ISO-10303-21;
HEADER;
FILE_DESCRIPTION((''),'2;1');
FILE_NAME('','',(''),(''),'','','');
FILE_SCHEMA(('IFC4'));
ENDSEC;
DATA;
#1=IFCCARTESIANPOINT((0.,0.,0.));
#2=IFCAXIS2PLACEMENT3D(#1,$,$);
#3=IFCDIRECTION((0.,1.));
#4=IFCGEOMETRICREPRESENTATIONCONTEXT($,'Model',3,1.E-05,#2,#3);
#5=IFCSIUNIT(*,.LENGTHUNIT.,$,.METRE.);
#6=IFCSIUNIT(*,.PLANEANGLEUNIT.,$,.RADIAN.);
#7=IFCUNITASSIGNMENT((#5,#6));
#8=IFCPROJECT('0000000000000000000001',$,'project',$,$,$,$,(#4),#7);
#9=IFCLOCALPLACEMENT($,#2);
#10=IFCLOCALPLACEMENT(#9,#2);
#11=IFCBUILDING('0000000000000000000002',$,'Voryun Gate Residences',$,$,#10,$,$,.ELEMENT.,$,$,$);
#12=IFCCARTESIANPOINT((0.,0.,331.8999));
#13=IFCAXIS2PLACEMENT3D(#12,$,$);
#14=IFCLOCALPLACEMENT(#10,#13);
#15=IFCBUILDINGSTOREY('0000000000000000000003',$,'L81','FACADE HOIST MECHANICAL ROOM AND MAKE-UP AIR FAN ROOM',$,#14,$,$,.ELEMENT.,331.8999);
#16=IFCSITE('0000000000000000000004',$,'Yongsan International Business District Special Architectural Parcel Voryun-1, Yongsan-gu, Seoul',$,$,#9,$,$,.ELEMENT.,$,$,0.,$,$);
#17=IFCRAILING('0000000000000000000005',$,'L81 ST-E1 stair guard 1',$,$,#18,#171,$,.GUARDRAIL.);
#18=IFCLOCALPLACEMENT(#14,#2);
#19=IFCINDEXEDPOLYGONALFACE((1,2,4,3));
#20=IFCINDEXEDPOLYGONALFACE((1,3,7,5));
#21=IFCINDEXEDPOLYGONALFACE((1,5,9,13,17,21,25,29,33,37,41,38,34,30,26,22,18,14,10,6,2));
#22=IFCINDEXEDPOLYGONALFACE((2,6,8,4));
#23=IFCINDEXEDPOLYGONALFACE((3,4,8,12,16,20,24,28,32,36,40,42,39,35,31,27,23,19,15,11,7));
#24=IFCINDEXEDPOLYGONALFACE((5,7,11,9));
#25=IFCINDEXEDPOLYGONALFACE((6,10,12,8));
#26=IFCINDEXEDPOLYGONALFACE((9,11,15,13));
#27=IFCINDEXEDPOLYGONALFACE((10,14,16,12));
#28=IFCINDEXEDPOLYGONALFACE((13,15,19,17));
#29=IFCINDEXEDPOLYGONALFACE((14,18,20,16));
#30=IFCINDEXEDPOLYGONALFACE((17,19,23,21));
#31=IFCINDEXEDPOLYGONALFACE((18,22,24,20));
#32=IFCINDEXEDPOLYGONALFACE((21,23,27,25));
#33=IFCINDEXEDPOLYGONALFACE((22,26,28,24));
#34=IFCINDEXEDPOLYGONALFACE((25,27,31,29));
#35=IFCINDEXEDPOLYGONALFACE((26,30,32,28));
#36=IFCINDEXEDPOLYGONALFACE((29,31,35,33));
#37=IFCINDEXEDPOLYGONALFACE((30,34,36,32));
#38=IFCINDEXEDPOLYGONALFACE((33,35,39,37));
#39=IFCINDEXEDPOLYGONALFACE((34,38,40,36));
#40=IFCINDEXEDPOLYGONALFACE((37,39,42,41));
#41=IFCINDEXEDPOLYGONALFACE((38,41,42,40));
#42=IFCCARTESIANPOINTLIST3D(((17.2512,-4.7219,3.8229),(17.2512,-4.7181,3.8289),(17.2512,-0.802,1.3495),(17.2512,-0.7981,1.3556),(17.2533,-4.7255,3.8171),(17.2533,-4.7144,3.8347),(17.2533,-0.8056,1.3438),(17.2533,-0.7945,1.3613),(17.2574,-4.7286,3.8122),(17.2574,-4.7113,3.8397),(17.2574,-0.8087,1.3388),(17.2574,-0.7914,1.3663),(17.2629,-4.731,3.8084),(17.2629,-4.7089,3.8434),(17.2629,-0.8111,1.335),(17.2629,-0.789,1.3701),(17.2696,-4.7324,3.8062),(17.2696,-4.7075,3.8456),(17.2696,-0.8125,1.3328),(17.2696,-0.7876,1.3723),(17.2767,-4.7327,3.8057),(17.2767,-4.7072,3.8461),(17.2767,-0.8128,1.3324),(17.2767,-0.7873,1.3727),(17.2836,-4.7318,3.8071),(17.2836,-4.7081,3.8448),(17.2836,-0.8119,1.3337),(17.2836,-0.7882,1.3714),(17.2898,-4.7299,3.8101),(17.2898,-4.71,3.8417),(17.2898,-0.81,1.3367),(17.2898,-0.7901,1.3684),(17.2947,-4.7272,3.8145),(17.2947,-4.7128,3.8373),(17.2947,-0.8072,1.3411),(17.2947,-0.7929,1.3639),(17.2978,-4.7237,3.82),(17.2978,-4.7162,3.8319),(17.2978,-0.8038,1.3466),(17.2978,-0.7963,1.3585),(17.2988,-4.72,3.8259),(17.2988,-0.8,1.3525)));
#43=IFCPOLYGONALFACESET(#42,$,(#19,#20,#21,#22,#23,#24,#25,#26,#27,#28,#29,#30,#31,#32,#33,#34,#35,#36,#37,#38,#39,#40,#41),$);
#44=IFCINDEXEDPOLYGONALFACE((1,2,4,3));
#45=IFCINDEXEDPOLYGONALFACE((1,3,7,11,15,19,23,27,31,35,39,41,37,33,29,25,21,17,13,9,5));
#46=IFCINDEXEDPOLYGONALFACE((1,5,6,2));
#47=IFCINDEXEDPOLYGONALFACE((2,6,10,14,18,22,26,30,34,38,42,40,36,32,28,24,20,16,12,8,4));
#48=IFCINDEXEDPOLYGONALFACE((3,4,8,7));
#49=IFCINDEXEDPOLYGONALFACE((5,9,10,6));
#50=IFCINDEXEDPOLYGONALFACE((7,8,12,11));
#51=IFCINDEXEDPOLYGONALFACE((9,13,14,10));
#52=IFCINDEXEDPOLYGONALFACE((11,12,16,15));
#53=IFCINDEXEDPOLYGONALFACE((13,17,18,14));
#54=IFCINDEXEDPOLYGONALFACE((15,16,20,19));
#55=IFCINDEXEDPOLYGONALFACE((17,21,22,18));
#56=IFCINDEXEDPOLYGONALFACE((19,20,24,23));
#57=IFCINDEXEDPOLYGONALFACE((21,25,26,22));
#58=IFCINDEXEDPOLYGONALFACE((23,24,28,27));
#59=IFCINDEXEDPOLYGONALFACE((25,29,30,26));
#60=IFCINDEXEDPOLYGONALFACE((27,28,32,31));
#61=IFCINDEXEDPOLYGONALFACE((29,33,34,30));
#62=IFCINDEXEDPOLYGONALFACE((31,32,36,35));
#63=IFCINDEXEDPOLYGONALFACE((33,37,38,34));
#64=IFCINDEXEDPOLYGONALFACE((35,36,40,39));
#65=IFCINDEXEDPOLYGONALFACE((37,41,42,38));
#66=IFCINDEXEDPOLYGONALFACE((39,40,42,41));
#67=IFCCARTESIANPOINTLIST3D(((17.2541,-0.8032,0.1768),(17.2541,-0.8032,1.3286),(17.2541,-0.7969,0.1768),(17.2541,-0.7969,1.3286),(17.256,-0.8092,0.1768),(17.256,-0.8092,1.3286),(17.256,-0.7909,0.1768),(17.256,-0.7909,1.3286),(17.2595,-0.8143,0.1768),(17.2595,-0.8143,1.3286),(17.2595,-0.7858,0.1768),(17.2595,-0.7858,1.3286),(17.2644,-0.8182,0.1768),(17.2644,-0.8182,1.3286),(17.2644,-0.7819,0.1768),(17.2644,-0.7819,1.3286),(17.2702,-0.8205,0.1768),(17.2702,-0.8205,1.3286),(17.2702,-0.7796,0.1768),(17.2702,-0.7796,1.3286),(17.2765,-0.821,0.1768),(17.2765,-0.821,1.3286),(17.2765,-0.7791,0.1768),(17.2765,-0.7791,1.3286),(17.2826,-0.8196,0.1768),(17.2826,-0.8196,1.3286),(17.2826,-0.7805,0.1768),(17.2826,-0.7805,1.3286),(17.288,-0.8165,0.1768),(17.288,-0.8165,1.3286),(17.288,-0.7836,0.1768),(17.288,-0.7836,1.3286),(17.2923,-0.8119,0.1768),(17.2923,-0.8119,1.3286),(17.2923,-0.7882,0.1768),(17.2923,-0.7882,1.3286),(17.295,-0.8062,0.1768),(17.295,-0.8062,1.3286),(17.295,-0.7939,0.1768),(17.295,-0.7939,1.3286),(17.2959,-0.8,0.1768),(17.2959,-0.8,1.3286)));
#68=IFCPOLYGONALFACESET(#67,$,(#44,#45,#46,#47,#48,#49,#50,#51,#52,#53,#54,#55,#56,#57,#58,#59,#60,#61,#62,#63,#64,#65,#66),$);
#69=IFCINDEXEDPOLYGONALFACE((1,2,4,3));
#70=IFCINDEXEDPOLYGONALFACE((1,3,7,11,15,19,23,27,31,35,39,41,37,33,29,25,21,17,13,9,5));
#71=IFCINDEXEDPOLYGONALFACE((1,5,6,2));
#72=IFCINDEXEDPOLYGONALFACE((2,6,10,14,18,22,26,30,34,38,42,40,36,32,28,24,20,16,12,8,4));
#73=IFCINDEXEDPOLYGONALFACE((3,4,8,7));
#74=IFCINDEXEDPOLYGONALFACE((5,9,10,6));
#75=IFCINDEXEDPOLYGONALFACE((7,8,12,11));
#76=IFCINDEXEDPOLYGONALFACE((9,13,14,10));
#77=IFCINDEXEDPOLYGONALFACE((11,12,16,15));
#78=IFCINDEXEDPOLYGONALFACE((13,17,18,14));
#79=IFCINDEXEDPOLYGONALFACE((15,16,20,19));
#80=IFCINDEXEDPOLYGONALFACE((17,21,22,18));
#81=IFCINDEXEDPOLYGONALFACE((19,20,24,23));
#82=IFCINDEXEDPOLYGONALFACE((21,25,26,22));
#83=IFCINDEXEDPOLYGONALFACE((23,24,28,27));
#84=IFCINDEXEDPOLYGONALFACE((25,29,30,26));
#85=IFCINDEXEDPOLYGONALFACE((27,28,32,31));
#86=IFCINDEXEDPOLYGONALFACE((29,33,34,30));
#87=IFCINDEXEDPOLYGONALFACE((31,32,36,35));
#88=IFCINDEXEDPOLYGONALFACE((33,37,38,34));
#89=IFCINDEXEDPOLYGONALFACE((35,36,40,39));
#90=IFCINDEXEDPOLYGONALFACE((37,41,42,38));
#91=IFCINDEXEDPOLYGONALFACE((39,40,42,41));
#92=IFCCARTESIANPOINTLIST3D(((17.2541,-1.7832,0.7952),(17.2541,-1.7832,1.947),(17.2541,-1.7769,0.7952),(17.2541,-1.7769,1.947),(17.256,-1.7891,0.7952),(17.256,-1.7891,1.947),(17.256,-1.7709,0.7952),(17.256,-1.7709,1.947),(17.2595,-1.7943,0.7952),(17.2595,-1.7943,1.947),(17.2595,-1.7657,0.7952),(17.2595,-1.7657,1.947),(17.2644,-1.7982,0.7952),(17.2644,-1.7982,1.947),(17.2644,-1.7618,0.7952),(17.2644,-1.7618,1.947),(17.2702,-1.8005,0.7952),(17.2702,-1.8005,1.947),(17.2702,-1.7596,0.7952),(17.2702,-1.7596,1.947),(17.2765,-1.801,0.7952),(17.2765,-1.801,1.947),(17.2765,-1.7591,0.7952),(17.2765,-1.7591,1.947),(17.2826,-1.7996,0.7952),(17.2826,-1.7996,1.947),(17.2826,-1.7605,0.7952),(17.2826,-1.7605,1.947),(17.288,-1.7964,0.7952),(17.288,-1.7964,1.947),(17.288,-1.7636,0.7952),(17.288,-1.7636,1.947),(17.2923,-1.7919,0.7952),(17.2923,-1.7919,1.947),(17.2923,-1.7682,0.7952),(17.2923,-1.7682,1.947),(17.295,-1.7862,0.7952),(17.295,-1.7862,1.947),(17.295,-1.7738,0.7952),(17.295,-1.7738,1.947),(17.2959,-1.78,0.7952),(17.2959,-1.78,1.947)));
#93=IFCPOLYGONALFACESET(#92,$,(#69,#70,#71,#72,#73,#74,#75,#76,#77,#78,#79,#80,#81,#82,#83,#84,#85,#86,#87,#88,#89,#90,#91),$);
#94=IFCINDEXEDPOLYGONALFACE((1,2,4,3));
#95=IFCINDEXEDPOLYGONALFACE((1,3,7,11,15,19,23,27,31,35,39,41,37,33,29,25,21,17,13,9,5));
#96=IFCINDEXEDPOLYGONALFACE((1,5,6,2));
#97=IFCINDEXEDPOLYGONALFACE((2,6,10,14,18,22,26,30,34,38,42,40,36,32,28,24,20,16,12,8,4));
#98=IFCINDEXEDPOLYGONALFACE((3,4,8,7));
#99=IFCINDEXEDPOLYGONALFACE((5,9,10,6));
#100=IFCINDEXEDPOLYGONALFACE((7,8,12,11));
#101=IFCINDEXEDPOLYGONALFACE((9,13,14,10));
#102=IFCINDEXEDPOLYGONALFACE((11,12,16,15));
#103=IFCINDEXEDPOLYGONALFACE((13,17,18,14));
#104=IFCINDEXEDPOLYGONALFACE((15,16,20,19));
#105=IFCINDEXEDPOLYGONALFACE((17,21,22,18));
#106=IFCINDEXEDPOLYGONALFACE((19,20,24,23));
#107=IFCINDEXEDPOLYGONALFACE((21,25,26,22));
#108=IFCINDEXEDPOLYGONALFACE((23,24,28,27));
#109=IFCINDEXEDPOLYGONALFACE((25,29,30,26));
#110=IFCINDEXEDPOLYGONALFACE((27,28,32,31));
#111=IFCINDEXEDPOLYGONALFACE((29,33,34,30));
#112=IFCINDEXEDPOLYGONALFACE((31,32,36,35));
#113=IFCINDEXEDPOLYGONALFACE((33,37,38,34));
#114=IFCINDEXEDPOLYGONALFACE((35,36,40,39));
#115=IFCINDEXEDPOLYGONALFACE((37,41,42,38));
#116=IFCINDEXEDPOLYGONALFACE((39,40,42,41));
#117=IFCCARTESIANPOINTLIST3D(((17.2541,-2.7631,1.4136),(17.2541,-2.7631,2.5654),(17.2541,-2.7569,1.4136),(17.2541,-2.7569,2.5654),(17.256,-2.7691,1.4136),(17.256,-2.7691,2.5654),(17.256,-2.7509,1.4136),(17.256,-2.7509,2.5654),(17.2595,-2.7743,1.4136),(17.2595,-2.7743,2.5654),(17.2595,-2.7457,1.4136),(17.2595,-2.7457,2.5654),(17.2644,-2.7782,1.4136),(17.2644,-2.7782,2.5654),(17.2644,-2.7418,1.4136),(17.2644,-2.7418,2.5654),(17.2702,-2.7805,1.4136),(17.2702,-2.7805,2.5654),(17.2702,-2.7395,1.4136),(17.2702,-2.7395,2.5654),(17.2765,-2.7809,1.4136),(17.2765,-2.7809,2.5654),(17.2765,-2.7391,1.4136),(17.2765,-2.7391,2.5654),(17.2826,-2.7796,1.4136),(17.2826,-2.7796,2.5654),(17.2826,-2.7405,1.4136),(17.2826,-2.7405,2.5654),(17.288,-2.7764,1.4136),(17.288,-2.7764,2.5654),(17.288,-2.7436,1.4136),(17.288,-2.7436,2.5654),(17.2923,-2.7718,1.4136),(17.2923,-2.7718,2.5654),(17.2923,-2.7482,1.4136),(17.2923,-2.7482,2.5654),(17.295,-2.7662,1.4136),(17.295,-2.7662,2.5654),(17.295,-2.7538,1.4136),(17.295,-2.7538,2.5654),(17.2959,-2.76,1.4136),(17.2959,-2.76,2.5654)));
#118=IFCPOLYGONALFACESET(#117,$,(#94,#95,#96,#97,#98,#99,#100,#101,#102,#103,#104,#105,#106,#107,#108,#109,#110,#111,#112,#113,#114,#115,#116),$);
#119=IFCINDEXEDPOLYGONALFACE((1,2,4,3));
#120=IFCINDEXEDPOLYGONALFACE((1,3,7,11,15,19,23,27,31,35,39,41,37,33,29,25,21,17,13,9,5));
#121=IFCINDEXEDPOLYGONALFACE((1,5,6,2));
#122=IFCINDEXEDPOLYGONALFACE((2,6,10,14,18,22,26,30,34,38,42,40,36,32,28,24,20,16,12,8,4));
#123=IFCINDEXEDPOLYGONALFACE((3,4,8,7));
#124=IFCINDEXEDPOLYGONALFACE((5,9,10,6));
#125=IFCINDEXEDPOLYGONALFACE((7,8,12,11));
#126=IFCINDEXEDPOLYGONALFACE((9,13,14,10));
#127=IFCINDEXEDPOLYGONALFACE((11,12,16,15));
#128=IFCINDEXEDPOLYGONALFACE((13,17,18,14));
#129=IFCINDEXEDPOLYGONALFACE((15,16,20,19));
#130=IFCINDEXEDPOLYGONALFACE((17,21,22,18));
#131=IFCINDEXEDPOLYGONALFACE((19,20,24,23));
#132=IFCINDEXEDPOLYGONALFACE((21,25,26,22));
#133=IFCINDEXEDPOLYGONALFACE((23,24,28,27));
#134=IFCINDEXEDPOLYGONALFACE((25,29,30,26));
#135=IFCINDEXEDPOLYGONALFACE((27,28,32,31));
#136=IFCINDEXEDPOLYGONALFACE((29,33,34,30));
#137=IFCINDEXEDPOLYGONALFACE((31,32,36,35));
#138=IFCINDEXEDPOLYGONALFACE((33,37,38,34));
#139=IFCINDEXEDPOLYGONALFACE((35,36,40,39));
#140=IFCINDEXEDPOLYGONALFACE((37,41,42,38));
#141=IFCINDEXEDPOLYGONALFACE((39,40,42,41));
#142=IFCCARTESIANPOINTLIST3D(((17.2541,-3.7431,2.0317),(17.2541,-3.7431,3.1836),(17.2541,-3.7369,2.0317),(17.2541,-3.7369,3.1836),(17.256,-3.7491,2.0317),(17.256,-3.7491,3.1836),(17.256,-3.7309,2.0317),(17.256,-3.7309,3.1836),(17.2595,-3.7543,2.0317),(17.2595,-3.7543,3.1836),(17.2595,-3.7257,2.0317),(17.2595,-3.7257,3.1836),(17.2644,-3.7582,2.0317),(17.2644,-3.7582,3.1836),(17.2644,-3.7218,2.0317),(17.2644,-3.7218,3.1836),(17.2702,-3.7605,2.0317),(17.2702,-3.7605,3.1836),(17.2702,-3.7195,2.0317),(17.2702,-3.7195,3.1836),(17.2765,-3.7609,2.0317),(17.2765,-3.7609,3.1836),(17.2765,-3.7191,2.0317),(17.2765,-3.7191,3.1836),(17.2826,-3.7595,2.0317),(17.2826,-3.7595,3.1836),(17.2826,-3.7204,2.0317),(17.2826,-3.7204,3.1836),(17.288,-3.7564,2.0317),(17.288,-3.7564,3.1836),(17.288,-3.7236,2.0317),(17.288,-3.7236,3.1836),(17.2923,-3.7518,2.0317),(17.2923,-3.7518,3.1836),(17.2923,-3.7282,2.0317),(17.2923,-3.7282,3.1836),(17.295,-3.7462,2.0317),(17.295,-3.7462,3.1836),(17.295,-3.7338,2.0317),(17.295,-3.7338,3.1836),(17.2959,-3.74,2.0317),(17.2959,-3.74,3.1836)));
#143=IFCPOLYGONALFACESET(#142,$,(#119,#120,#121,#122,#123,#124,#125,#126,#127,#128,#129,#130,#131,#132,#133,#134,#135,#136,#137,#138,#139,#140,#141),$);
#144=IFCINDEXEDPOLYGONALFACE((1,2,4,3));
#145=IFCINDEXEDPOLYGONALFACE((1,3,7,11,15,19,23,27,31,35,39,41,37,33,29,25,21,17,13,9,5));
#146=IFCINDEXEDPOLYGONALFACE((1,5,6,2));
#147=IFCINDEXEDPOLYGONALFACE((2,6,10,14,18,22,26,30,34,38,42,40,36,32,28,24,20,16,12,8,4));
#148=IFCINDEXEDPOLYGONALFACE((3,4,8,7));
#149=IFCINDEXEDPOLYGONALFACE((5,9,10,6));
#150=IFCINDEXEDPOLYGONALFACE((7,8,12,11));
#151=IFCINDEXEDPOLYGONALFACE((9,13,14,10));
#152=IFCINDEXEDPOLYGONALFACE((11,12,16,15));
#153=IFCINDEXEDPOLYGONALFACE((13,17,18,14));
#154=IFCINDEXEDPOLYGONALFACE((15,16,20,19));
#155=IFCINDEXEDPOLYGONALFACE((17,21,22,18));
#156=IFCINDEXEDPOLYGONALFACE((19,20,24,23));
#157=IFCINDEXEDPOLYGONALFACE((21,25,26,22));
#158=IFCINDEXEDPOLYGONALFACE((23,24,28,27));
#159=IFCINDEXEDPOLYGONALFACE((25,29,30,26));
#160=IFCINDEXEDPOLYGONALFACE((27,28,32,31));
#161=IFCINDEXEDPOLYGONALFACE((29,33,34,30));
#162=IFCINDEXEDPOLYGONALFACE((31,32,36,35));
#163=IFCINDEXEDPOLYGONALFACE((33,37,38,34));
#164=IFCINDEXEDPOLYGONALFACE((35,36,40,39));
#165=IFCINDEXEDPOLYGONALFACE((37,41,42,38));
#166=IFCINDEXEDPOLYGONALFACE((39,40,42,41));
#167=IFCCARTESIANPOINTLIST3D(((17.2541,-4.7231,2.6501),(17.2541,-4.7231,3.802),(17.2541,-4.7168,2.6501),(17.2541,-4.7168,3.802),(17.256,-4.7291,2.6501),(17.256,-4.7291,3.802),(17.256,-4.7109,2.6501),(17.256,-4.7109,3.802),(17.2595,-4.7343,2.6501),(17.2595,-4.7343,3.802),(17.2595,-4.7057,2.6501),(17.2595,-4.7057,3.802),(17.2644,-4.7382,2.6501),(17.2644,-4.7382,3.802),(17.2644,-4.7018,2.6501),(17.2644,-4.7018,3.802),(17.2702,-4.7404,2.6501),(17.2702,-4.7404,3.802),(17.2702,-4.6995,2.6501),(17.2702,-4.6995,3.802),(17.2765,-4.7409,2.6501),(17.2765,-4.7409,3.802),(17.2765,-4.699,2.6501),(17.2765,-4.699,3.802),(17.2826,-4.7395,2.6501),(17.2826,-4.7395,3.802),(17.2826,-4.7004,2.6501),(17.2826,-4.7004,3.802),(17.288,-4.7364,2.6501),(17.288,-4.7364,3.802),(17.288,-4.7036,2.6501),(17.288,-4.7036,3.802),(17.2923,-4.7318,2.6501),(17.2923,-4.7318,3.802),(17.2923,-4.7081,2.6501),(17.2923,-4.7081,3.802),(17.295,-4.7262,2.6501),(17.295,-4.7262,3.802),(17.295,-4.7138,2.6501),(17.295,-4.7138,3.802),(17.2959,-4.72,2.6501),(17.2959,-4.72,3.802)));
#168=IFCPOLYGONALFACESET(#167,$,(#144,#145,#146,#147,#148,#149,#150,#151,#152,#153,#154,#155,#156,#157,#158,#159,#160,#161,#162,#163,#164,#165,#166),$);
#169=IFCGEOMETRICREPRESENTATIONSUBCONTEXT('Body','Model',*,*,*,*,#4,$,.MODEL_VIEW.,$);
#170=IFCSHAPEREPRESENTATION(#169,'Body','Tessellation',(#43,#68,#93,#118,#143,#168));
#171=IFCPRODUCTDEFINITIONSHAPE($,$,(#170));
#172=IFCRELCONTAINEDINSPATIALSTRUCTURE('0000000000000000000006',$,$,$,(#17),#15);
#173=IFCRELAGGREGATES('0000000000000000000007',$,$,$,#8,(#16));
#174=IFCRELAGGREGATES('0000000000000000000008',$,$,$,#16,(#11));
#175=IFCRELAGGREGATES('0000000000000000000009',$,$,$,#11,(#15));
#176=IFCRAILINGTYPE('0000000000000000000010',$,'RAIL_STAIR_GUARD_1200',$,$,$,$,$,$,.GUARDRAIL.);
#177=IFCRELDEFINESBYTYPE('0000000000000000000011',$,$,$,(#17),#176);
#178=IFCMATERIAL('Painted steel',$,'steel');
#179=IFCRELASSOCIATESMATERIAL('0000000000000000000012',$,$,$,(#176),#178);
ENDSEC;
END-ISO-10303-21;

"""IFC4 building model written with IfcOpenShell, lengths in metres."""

from ifc_helpers import new_model, si_unit, direction, frame, origin, origin_2d, place, context, subcontext, project, spatial, circle, extrude, material, type_object, element, save


model = new_model("IFC4")

# Units and contexts
model_context = context("Model", 3, precision=1e-05, world=origin(), true_north=direction((0.0, 1.0)))
body_context = subcontext(model_context, "Body", "Model", "MODEL_VIEW")
ifc_project = project(units=[si_unit("LENGTHUNIT", "METRE"), si_unit("PLANEANGLEUNIT", "RADIAN")], contexts=[model_context])

# Site, building, storey
site_placement = place(None, origin())
site = spatial("IfcSite", under=ifc_project, at=site_placement, Name="Yongsan International Business District Special Architectural Parcel Voryun-1, Yongsan-gu, Seoul", CompositionType="ELEMENT", RefElevation=0.0)
building_placement = place(site_placement, origin())
building = spatial("IfcBuilding", under=site, at=building_placement, Name="Voryun Gate Residences", CompositionType="ELEMENT")
storey_placement = place(building_placement, frame((0.0, 0.0, 331.8999)))
storey = spatial("IfcBuildingStorey", under=building, at=storey_placement, Name="L81", Description="FACADE HOIST MECHANICAL ROOM AND MAKE-UP AIR FAN ROOM", CompositionType="ELEMENT", Elevation=331.8999)

# Railing
ifc_material_1 = material(Name="Painted steel", Category="steel")
railing_type_1 = type_object("IfcRailingType", Name="RAIL_STAIR_GUARD_1200", PredefinedType="GUARDRAIL", material=ifc_material_1)
railing_1_placement = place(storey_placement, frame((17.2749, -0.8, 0.1768)))
element("IfcRailing", 1, at=railing_1_placement, inside=storey, type_object=railing_type_1, Name="L81 ST-E1 stair guard 1", PredefinedType="GUARDRAIL", context=body_context, shape_type="SweptSolid", body=[
    extrude(circle(Radius=0.0239, at=origin_2d()), frame((0.0, 0.0, 1.1758), z_axis=(0.0, -0.845718, 0.53363), x_axis=(1.0, 0.0, 0.0)), (0.0, 0.0, 1.0), 4.635),
    extrude(circle(Radius=0.021, at=origin_2d()), origin(), (0.0, 0.0, 1.0), 1.1519),
    extrude(circle(Radius=0.021, at=origin_2d()), frame((0.0, -0.98, 0.6184)), (0.0, 0.0, 1.0), 1.1519),
    extrude(circle(Radius=0.021, at=origin_2d()), frame((0.0, -1.96, 1.2368)), (0.0, 0.0, 1.0), 1.1519),
    extrude(circle(Radius=0.021, at=origin_2d()), frame((0.0, -2.9399, 1.855)), (0.0, 0.0, 1.0), 1.1519),
    extrude(circle(Radius=0.021, at=origin_2d()), frame((0.0, -3.9199, 2.4734)), (0.0, 0.0, 1.0), 1.1519),
])

save(model, "model.ifc")
